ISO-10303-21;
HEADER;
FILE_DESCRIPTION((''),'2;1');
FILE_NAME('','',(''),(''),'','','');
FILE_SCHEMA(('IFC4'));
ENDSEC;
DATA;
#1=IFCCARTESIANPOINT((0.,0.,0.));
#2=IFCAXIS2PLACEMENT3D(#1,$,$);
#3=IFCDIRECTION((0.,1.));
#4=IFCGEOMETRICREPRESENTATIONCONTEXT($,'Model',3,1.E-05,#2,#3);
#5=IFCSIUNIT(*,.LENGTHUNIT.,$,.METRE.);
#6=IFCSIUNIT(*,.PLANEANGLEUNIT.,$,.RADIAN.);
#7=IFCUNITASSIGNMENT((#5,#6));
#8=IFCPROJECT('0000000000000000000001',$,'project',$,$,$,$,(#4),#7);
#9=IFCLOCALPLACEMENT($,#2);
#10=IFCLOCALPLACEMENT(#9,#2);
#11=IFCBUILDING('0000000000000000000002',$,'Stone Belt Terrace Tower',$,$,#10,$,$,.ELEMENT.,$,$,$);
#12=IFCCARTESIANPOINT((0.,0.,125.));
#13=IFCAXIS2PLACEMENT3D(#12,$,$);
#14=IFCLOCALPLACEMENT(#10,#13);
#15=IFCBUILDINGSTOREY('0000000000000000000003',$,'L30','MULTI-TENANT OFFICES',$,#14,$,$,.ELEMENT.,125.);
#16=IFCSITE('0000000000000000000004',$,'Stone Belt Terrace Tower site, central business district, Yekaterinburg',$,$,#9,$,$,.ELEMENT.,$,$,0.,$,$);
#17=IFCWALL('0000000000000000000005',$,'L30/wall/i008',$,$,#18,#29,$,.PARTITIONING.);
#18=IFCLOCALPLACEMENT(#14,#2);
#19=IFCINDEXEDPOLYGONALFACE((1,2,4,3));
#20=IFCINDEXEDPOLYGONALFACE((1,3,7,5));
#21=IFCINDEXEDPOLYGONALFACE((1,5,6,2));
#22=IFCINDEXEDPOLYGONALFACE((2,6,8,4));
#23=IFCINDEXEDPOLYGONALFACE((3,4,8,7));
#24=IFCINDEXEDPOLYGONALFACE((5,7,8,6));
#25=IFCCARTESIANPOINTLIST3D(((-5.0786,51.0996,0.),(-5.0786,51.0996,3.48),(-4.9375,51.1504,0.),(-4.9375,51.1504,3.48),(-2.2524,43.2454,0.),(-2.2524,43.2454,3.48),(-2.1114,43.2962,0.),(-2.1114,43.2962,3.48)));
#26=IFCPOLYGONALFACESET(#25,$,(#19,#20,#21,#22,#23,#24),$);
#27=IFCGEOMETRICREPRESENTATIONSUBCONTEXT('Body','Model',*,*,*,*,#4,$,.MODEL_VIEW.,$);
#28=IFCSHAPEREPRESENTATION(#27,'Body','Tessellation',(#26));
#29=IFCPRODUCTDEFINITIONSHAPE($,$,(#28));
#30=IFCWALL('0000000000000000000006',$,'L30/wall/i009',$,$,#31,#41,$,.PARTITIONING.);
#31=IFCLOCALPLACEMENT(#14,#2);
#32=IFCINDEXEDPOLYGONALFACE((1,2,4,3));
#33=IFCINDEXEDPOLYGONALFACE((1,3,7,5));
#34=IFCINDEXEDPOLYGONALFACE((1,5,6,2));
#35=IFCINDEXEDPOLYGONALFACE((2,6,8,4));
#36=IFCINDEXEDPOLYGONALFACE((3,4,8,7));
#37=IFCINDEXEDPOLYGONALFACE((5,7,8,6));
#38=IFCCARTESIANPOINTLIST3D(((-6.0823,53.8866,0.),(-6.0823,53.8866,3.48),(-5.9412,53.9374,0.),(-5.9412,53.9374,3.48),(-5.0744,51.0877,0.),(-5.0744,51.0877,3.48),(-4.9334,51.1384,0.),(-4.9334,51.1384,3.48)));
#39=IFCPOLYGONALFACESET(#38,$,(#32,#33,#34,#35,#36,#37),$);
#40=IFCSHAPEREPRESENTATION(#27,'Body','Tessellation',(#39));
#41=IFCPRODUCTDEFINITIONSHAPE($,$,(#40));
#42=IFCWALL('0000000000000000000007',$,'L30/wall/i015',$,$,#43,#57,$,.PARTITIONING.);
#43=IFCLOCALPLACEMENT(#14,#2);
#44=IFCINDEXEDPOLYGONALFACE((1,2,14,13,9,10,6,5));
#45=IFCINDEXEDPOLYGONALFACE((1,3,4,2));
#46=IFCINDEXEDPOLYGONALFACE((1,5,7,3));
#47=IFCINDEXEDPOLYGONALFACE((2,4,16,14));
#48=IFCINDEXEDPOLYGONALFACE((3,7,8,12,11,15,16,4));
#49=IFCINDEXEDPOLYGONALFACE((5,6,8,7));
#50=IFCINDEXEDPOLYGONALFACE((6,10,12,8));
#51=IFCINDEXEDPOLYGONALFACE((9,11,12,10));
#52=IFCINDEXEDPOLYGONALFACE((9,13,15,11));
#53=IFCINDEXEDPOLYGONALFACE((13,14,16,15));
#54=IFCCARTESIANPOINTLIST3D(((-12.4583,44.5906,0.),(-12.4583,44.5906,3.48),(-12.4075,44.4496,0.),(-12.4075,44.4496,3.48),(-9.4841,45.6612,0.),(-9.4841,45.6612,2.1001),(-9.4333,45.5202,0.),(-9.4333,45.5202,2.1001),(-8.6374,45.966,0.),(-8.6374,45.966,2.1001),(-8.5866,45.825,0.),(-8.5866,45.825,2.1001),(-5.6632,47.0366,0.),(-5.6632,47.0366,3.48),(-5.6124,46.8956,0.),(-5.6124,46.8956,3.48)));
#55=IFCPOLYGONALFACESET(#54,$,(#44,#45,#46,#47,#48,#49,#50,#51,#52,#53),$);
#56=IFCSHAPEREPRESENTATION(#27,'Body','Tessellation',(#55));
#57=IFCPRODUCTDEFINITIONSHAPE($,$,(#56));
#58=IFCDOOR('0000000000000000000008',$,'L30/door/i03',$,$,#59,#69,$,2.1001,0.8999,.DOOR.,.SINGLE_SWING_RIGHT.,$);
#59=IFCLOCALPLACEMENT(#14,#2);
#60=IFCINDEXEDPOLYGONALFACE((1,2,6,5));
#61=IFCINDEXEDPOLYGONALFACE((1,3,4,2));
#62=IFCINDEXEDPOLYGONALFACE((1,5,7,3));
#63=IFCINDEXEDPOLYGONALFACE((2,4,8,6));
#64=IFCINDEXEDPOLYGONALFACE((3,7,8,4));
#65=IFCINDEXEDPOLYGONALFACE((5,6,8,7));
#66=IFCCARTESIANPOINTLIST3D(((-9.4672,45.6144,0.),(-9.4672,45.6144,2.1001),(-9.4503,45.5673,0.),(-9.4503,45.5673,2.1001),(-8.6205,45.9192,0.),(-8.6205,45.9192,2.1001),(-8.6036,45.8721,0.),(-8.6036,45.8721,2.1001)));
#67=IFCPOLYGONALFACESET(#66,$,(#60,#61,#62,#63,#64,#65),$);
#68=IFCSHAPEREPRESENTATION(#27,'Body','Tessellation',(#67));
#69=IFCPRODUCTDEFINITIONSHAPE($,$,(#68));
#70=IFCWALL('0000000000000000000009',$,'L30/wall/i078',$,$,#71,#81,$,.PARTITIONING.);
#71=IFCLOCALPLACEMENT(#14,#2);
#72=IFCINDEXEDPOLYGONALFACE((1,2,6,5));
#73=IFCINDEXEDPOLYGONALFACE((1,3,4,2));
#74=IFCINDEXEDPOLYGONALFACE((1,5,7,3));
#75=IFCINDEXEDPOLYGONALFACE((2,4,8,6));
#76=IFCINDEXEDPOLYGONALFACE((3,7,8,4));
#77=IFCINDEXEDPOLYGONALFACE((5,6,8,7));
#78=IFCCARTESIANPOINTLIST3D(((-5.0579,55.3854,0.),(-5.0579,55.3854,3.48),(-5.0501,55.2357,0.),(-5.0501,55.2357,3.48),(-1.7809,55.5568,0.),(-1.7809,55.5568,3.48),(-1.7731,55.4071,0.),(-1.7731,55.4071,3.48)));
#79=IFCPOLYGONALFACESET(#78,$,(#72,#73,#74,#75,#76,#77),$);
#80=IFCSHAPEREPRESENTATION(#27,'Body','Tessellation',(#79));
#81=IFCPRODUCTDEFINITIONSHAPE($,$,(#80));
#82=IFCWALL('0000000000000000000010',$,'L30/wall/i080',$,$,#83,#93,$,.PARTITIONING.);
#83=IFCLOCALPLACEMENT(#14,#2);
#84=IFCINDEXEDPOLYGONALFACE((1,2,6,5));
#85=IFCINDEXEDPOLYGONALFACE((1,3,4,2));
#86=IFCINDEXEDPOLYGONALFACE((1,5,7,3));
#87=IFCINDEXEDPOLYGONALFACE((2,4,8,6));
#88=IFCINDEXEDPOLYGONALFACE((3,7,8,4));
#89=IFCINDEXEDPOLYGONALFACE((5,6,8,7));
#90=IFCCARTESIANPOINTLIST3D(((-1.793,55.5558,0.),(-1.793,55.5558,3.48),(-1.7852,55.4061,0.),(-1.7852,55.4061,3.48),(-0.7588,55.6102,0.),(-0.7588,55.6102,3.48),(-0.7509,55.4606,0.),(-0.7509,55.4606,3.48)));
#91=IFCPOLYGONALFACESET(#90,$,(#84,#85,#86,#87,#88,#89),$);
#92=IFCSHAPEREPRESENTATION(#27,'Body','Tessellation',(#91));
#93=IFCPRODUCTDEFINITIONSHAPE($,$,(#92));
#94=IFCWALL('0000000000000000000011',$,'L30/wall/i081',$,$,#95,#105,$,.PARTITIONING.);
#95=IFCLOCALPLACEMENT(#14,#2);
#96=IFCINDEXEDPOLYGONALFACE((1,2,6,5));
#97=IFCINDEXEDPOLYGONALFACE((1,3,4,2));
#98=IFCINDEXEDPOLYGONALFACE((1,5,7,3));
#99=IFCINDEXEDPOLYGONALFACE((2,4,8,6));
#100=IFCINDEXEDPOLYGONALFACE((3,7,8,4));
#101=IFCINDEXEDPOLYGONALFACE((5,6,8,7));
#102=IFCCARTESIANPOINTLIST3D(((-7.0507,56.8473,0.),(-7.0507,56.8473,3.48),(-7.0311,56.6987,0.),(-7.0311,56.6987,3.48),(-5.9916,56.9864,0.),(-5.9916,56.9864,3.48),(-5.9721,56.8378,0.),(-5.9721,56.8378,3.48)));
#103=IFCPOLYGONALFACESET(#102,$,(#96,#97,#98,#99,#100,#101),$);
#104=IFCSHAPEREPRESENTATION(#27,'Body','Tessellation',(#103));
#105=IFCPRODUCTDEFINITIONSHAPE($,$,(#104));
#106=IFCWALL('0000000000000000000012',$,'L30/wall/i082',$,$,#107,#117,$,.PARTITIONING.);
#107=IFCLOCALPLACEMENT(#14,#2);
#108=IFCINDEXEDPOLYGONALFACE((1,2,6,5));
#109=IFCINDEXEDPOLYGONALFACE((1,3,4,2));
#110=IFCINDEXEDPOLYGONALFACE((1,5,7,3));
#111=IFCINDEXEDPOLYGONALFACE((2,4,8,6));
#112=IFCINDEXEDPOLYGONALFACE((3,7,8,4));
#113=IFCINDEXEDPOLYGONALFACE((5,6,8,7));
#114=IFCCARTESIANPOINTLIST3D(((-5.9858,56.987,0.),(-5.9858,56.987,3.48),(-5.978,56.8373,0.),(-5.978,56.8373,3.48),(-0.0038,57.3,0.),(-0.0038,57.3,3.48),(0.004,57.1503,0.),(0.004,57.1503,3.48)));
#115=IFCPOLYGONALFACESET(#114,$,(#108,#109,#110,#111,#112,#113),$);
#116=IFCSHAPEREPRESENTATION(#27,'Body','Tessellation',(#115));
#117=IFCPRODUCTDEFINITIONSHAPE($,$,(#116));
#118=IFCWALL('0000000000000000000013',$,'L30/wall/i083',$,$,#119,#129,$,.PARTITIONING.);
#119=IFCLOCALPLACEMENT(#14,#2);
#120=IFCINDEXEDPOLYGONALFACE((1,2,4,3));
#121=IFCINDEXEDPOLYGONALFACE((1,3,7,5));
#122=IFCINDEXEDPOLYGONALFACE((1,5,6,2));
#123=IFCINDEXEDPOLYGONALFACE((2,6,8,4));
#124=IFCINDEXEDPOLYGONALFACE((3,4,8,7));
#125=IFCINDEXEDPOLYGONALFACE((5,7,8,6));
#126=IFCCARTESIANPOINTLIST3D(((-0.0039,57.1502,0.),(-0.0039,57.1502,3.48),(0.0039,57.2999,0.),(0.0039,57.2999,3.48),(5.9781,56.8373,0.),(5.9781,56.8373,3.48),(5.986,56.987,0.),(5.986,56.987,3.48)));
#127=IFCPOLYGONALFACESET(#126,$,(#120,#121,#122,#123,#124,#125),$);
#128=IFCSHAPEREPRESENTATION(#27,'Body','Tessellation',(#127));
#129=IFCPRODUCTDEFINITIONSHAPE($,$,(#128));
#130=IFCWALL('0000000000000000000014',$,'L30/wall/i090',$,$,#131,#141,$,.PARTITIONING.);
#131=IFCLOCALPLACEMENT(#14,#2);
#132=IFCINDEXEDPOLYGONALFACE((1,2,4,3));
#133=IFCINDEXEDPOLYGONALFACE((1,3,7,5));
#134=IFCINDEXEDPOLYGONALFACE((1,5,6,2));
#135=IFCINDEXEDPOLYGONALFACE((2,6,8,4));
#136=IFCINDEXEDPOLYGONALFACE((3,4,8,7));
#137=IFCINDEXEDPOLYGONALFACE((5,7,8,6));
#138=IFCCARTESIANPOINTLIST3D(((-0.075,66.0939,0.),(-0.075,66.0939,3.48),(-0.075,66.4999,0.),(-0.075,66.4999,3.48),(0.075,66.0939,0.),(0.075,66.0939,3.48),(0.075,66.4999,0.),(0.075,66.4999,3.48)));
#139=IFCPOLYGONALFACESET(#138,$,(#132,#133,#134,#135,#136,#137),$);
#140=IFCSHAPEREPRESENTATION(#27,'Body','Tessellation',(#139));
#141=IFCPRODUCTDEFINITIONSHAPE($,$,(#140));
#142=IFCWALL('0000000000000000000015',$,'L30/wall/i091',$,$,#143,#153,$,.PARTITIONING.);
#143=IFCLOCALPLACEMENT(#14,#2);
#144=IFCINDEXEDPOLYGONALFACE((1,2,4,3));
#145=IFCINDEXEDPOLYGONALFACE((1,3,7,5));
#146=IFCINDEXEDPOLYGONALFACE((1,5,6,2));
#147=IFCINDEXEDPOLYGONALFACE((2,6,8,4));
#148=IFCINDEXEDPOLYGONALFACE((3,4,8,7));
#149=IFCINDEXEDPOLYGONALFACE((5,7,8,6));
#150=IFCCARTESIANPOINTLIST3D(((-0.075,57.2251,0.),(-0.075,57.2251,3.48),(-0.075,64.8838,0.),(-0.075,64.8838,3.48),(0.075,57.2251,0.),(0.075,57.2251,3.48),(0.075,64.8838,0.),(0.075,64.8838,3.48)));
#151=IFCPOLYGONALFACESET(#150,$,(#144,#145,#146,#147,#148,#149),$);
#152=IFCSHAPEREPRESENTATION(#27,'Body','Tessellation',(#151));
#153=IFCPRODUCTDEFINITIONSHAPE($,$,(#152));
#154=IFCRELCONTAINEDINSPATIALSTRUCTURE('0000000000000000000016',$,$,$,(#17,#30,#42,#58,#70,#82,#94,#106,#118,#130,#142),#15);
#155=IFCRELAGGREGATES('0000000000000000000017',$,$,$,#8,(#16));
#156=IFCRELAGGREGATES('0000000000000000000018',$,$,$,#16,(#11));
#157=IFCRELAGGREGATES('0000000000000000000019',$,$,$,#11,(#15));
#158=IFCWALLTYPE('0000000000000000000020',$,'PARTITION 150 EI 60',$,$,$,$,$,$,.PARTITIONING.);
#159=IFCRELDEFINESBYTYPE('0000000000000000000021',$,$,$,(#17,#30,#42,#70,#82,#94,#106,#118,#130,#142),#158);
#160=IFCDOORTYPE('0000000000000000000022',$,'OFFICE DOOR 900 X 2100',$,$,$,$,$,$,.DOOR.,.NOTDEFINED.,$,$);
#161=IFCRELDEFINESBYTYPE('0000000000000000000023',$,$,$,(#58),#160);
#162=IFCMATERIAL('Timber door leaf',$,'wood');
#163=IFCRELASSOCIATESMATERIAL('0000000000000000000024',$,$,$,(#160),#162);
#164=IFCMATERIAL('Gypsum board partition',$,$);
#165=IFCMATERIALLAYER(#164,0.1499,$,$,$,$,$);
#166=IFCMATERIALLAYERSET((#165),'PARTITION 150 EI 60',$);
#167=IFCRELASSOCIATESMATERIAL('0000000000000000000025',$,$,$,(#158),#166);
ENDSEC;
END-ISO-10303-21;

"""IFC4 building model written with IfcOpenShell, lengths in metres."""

from ifc_helpers import new_model, si_unit, direction, frame, frame_2d, origin, place, context, subcontext, project, spatial, rectangle, extrude, material, layer, layer_set, type_object, element, fill, save


model = new_model("IFC4")

# Units and contexts
model_context = context("Model", 3, precision=1e-05, world=origin(), true_north=direction((0.0, 1.0)))
body_context = subcontext(model_context, "Body", "Model", "MODEL_VIEW")
ifc_project = project(units=[si_unit("LENGTHUNIT", "METRE"), si_unit("PLANEANGLEUNIT", "RADIAN")], contexts=[model_context])

# Site, building, storey
site_placement = place(None, origin())
site = spatial("IfcSite", under=ifc_project, at=site_placement, Name="Stone Belt Terrace Tower site, central business district, Yekaterinburg", CompositionType="ELEMENT", RefElevation=0.0)
building_placement = place(site_placement, origin())
building = spatial("IfcBuilding", under=site, at=building_placement, Name="Stone Belt Terrace Tower", CompositionType="ELEMENT")
storey_placement = place(building_placement, frame((0.0, 0.0, 125.0)))
storey = spatial("IfcBuildingStorey", under=building, at=storey_placement, Name="L30", Description="MULTI-TENANT OFFICES", CompositionType="ELEMENT", Elevation=125.0)

# Shared definitions
ifc_material_1 = material(Name="Gypsum board partition")
ifc_material_2 = material(Name="Timber door leaf", Category="wood")
door_type = type_object("IfcDoorType", Name="OFFICE DOOR 900 X 2100", OperationType="NOTDEFINED", PredefinedType="DOOR", material=ifc_material_2)

# Walls
ifc_layer_1 = layer(ifc_material_1, 0.1499)
ifc_layer_set_1 = layer_set([ifc_layer_1], Name="PARTITION 150 EI 60")
wall_type_1 = type_object("IfcWallType", Name="PARTITION 150 EI 60", PredefinedType="PARTITIONING", material=ifc_layer_set_1)
wall_1_placement = place(storey_placement, frame((-5.0081, 51.125, 0.0), z_axis=(0.0, 0.0, 1.0), x_axis=(0.338576, -0.940939, 0.0)))
element("IfcWall", 1, at=wall_1_placement, inside=storey, type_object=wall_type_1, Name="L30/wall/i008", PredefinedType="PARTITIONING", context=body_context, shape_type="SweptSolid", body=[
    extrude(rectangle(XDim=8.3472, YDim=0.1499, at=frame_2d((4.1736, 0.0))), origin(), (0.0, 0.0, 1.0), 3.48),
])
wall_2_placement = place(storey_placement, frame((-6.0117, 53.9119, 0.0), z_axis=(0.0, 0.0, 1.0), x_axis=(0.338789, -0.940862, 0.0)))
element("IfcWall", 2, at=wall_2_placement, inside=storey, type_object=wall_type_1, Name="L30/wall/i009", PredefinedType="PARTITIONING", context=body_context, shape_type="SweptSolid", body=[
    extrude(rectangle(XDim=2.9749, YDim=0.1499, at=frame_2d((1.4873, 0.0))), origin(), (0.0, 0.0, 1.0), 3.48),
])

# Wall, opening, door
wall_3_placement = place(storey_placement, frame((-5.6379, 46.9661, 0.0), z_axis=(0.0, 0.0, 1.0), x_axis=(-0.940897, -0.338693, 0.0)))
wall_3 = element("IfcWall", 3, at=wall_3_placement, inside=storey, type_object=wall_type_1, Name="L30/wall/i015", PredefinedType="PARTITIONING", context=body_context, shape_type="SweptSolid", body=[
    extrude(rectangle(XDim=7.2219, YDim=0.1499, at=frame_2d((3.6108, 0.0))), origin(), (0.0, 0.0, 1.0), 3.48),
])
opening_1_placement = place(wall_3_placement, frame((3.1609, 0.0, 0.0)))
opening_1 = element("IfcOpeningElement", 4, at=opening_1_placement, cuts=wall_3, PredefinedType="OPENING", context=body_context, shape_type="SweptSolid", body=[
    extrude(rectangle(XDim=0.8999, YDim=2.1001, at=frame_2d((0.45, 1.05))), frame((0.0, 0.085, 0.0), z_axis=(0.0, -1.0, 0.0), x_axis=(1.0, 0.0, 0.0)), (0.0, 0.0, 1.0), 0.1699),
])
door_1_placement = place(opening_1_placement, origin())
door_1 = element("IfcDoor", 5, at=door_1_placement, inside=storey, type_object=door_type, Name="L30/door/i03", OperationType="SINGLE_SWING_RIGHT", OverallHeight=2.1001, OverallWidth=0.8999, PredefinedType="DOOR", context=body_context, shape_type="SweptSolid", body=[
    extrude(rectangle(XDim=0.8999, YDim=2.1001, at=frame_2d((0.45, 1.05))), frame((0.0, 0.0249, 0.0), z_axis=(0.0, -1.0, 0.0), x_axis=(1.0, 0.0, 0.0)), (0.0, 0.0, 1.0), 0.05),
])
fill(opening_1, door_1)

# Walls
wall_4_placement = place(storey_placement, frame((-1.7771, 55.4819, 0.0), z_axis=(0.0, 0.0, 1.0), x_axis=(-0.998635, -0.052227, 0.0)))
element("IfcWall", 6, at=wall_4_placement, inside=storey, type_object=wall_type_1, Name="L30/wall/i078", PredefinedType="PARTITIONING", context=body_context, shape_type="SweptSolid", body=[
    extrude(rectangle(XDim=3.2815, YDim=0.1499, at=frame_2d((1.6406, 0.0))), origin(), (0.0, 0.0, 1.0), 3.48),
])
wall_5_placement = place(storey_placement, frame((-0.7549, 55.5354, 0.0), z_axis=(0.0, 0.0, 1.0), x_axis=(-0.998617, -0.052571, 0.0)))
element("IfcWall", 7, at=wall_5_placement, inside=storey, type_object=wall_type_1, Name="L30/wall/i080", PredefinedType="PARTITIONING", context=body_context, shape_type="SweptSolid", body=[
    extrude(rectangle(XDim=1.0356, YDim=0.1499, at=frame_2d((0.5178, 0.0))), origin(), (0.0, 0.0, 1.0), 3.48),
])
wall_6_placement = place(storey_placement, frame((-7.041, 56.7729, 0.0), z_axis=(0.0, 0.0, 1.0), x_axis=(0.991478, 0.130277, 0.0)))
element("IfcWall", 8, at=wall_6_placement, inside=storey, type_object=wall_type_1, Name="L30/wall/i081", PredefinedType="PARTITIONING", context=body_context, shape_type="SweptSolid", body=[
    extrude(rectangle(XDim=1.0681, YDim=0.1499, at=frame_2d((0.5342, 0.0))), origin(), (0.0, 0.0, 1.0), 3.48),
])
for number, where, z_axis, x_axis, name in (
    (9, (-5.9819, 56.9121, 0.0), (0.0, 0.0, 1.0), (0.998634, 0.052251, 0.0), "L30/wall/i082"),
    (10, (0.0, 57.2251, 0.0), (0.0, 0.0, 1.0), (0.998634, -0.052251, 0.0), "L30/wall/i083"),
):
    element("IfcWall", number, at=place(storey_placement, frame(where, z_axis=z_axis, x_axis=x_axis)), inside=storey, type_object=wall_type_1, Name=name, PredefinedType="PARTITIONING", context=body_context, shape_type="SweptSolid", body=[
        extrude(rectangle(XDim=5.9902, YDim=0.1499, at=frame_2d((2.9951, 0.0))), origin(), (0.0, 0.0, 1.0), 3.48),
    ])
wall_7_placement = place(storey_placement, frame((0.0, 66.5, 0.0), z_axis=(0.0, 0.0, 1.0), x_axis=(0.0, -1.0, 0.0)))
element("IfcWall", 11, at=wall_7_placement, inside=storey, type_object=wall_type_1, Name="L30/wall/i090", PredefinedType="PARTITIONING", context=body_context, shape_type="SweptSolid", body=[
    extrude(rectangle(XDim=0.406, YDim=0.1499, at=frame_2d((0.2031, 0.0))), origin(), (0.0, 0.0, 1.0), 3.48),
])
wall_8_placement = place(storey_placement, frame((0.0, 64.8838, 0.0), z_axis=(0.0, 0.0, 1.0), x_axis=(0.0, -1.0, 0.0)))
element("IfcWall", 12, at=wall_8_placement, inside=storey, type_object=wall_type_1, Name="L30/wall/i091", PredefinedType="PARTITIONING", context=body_context, shape_type="SweptSolid", body=[
    extrude(rectangle(XDim=7.6587, YDim=0.1499, at=frame_2d((3.8293, 0.0))), origin(), (0.0, 0.0, 1.0), 3.48),
])

save(model, "model.ifc")
